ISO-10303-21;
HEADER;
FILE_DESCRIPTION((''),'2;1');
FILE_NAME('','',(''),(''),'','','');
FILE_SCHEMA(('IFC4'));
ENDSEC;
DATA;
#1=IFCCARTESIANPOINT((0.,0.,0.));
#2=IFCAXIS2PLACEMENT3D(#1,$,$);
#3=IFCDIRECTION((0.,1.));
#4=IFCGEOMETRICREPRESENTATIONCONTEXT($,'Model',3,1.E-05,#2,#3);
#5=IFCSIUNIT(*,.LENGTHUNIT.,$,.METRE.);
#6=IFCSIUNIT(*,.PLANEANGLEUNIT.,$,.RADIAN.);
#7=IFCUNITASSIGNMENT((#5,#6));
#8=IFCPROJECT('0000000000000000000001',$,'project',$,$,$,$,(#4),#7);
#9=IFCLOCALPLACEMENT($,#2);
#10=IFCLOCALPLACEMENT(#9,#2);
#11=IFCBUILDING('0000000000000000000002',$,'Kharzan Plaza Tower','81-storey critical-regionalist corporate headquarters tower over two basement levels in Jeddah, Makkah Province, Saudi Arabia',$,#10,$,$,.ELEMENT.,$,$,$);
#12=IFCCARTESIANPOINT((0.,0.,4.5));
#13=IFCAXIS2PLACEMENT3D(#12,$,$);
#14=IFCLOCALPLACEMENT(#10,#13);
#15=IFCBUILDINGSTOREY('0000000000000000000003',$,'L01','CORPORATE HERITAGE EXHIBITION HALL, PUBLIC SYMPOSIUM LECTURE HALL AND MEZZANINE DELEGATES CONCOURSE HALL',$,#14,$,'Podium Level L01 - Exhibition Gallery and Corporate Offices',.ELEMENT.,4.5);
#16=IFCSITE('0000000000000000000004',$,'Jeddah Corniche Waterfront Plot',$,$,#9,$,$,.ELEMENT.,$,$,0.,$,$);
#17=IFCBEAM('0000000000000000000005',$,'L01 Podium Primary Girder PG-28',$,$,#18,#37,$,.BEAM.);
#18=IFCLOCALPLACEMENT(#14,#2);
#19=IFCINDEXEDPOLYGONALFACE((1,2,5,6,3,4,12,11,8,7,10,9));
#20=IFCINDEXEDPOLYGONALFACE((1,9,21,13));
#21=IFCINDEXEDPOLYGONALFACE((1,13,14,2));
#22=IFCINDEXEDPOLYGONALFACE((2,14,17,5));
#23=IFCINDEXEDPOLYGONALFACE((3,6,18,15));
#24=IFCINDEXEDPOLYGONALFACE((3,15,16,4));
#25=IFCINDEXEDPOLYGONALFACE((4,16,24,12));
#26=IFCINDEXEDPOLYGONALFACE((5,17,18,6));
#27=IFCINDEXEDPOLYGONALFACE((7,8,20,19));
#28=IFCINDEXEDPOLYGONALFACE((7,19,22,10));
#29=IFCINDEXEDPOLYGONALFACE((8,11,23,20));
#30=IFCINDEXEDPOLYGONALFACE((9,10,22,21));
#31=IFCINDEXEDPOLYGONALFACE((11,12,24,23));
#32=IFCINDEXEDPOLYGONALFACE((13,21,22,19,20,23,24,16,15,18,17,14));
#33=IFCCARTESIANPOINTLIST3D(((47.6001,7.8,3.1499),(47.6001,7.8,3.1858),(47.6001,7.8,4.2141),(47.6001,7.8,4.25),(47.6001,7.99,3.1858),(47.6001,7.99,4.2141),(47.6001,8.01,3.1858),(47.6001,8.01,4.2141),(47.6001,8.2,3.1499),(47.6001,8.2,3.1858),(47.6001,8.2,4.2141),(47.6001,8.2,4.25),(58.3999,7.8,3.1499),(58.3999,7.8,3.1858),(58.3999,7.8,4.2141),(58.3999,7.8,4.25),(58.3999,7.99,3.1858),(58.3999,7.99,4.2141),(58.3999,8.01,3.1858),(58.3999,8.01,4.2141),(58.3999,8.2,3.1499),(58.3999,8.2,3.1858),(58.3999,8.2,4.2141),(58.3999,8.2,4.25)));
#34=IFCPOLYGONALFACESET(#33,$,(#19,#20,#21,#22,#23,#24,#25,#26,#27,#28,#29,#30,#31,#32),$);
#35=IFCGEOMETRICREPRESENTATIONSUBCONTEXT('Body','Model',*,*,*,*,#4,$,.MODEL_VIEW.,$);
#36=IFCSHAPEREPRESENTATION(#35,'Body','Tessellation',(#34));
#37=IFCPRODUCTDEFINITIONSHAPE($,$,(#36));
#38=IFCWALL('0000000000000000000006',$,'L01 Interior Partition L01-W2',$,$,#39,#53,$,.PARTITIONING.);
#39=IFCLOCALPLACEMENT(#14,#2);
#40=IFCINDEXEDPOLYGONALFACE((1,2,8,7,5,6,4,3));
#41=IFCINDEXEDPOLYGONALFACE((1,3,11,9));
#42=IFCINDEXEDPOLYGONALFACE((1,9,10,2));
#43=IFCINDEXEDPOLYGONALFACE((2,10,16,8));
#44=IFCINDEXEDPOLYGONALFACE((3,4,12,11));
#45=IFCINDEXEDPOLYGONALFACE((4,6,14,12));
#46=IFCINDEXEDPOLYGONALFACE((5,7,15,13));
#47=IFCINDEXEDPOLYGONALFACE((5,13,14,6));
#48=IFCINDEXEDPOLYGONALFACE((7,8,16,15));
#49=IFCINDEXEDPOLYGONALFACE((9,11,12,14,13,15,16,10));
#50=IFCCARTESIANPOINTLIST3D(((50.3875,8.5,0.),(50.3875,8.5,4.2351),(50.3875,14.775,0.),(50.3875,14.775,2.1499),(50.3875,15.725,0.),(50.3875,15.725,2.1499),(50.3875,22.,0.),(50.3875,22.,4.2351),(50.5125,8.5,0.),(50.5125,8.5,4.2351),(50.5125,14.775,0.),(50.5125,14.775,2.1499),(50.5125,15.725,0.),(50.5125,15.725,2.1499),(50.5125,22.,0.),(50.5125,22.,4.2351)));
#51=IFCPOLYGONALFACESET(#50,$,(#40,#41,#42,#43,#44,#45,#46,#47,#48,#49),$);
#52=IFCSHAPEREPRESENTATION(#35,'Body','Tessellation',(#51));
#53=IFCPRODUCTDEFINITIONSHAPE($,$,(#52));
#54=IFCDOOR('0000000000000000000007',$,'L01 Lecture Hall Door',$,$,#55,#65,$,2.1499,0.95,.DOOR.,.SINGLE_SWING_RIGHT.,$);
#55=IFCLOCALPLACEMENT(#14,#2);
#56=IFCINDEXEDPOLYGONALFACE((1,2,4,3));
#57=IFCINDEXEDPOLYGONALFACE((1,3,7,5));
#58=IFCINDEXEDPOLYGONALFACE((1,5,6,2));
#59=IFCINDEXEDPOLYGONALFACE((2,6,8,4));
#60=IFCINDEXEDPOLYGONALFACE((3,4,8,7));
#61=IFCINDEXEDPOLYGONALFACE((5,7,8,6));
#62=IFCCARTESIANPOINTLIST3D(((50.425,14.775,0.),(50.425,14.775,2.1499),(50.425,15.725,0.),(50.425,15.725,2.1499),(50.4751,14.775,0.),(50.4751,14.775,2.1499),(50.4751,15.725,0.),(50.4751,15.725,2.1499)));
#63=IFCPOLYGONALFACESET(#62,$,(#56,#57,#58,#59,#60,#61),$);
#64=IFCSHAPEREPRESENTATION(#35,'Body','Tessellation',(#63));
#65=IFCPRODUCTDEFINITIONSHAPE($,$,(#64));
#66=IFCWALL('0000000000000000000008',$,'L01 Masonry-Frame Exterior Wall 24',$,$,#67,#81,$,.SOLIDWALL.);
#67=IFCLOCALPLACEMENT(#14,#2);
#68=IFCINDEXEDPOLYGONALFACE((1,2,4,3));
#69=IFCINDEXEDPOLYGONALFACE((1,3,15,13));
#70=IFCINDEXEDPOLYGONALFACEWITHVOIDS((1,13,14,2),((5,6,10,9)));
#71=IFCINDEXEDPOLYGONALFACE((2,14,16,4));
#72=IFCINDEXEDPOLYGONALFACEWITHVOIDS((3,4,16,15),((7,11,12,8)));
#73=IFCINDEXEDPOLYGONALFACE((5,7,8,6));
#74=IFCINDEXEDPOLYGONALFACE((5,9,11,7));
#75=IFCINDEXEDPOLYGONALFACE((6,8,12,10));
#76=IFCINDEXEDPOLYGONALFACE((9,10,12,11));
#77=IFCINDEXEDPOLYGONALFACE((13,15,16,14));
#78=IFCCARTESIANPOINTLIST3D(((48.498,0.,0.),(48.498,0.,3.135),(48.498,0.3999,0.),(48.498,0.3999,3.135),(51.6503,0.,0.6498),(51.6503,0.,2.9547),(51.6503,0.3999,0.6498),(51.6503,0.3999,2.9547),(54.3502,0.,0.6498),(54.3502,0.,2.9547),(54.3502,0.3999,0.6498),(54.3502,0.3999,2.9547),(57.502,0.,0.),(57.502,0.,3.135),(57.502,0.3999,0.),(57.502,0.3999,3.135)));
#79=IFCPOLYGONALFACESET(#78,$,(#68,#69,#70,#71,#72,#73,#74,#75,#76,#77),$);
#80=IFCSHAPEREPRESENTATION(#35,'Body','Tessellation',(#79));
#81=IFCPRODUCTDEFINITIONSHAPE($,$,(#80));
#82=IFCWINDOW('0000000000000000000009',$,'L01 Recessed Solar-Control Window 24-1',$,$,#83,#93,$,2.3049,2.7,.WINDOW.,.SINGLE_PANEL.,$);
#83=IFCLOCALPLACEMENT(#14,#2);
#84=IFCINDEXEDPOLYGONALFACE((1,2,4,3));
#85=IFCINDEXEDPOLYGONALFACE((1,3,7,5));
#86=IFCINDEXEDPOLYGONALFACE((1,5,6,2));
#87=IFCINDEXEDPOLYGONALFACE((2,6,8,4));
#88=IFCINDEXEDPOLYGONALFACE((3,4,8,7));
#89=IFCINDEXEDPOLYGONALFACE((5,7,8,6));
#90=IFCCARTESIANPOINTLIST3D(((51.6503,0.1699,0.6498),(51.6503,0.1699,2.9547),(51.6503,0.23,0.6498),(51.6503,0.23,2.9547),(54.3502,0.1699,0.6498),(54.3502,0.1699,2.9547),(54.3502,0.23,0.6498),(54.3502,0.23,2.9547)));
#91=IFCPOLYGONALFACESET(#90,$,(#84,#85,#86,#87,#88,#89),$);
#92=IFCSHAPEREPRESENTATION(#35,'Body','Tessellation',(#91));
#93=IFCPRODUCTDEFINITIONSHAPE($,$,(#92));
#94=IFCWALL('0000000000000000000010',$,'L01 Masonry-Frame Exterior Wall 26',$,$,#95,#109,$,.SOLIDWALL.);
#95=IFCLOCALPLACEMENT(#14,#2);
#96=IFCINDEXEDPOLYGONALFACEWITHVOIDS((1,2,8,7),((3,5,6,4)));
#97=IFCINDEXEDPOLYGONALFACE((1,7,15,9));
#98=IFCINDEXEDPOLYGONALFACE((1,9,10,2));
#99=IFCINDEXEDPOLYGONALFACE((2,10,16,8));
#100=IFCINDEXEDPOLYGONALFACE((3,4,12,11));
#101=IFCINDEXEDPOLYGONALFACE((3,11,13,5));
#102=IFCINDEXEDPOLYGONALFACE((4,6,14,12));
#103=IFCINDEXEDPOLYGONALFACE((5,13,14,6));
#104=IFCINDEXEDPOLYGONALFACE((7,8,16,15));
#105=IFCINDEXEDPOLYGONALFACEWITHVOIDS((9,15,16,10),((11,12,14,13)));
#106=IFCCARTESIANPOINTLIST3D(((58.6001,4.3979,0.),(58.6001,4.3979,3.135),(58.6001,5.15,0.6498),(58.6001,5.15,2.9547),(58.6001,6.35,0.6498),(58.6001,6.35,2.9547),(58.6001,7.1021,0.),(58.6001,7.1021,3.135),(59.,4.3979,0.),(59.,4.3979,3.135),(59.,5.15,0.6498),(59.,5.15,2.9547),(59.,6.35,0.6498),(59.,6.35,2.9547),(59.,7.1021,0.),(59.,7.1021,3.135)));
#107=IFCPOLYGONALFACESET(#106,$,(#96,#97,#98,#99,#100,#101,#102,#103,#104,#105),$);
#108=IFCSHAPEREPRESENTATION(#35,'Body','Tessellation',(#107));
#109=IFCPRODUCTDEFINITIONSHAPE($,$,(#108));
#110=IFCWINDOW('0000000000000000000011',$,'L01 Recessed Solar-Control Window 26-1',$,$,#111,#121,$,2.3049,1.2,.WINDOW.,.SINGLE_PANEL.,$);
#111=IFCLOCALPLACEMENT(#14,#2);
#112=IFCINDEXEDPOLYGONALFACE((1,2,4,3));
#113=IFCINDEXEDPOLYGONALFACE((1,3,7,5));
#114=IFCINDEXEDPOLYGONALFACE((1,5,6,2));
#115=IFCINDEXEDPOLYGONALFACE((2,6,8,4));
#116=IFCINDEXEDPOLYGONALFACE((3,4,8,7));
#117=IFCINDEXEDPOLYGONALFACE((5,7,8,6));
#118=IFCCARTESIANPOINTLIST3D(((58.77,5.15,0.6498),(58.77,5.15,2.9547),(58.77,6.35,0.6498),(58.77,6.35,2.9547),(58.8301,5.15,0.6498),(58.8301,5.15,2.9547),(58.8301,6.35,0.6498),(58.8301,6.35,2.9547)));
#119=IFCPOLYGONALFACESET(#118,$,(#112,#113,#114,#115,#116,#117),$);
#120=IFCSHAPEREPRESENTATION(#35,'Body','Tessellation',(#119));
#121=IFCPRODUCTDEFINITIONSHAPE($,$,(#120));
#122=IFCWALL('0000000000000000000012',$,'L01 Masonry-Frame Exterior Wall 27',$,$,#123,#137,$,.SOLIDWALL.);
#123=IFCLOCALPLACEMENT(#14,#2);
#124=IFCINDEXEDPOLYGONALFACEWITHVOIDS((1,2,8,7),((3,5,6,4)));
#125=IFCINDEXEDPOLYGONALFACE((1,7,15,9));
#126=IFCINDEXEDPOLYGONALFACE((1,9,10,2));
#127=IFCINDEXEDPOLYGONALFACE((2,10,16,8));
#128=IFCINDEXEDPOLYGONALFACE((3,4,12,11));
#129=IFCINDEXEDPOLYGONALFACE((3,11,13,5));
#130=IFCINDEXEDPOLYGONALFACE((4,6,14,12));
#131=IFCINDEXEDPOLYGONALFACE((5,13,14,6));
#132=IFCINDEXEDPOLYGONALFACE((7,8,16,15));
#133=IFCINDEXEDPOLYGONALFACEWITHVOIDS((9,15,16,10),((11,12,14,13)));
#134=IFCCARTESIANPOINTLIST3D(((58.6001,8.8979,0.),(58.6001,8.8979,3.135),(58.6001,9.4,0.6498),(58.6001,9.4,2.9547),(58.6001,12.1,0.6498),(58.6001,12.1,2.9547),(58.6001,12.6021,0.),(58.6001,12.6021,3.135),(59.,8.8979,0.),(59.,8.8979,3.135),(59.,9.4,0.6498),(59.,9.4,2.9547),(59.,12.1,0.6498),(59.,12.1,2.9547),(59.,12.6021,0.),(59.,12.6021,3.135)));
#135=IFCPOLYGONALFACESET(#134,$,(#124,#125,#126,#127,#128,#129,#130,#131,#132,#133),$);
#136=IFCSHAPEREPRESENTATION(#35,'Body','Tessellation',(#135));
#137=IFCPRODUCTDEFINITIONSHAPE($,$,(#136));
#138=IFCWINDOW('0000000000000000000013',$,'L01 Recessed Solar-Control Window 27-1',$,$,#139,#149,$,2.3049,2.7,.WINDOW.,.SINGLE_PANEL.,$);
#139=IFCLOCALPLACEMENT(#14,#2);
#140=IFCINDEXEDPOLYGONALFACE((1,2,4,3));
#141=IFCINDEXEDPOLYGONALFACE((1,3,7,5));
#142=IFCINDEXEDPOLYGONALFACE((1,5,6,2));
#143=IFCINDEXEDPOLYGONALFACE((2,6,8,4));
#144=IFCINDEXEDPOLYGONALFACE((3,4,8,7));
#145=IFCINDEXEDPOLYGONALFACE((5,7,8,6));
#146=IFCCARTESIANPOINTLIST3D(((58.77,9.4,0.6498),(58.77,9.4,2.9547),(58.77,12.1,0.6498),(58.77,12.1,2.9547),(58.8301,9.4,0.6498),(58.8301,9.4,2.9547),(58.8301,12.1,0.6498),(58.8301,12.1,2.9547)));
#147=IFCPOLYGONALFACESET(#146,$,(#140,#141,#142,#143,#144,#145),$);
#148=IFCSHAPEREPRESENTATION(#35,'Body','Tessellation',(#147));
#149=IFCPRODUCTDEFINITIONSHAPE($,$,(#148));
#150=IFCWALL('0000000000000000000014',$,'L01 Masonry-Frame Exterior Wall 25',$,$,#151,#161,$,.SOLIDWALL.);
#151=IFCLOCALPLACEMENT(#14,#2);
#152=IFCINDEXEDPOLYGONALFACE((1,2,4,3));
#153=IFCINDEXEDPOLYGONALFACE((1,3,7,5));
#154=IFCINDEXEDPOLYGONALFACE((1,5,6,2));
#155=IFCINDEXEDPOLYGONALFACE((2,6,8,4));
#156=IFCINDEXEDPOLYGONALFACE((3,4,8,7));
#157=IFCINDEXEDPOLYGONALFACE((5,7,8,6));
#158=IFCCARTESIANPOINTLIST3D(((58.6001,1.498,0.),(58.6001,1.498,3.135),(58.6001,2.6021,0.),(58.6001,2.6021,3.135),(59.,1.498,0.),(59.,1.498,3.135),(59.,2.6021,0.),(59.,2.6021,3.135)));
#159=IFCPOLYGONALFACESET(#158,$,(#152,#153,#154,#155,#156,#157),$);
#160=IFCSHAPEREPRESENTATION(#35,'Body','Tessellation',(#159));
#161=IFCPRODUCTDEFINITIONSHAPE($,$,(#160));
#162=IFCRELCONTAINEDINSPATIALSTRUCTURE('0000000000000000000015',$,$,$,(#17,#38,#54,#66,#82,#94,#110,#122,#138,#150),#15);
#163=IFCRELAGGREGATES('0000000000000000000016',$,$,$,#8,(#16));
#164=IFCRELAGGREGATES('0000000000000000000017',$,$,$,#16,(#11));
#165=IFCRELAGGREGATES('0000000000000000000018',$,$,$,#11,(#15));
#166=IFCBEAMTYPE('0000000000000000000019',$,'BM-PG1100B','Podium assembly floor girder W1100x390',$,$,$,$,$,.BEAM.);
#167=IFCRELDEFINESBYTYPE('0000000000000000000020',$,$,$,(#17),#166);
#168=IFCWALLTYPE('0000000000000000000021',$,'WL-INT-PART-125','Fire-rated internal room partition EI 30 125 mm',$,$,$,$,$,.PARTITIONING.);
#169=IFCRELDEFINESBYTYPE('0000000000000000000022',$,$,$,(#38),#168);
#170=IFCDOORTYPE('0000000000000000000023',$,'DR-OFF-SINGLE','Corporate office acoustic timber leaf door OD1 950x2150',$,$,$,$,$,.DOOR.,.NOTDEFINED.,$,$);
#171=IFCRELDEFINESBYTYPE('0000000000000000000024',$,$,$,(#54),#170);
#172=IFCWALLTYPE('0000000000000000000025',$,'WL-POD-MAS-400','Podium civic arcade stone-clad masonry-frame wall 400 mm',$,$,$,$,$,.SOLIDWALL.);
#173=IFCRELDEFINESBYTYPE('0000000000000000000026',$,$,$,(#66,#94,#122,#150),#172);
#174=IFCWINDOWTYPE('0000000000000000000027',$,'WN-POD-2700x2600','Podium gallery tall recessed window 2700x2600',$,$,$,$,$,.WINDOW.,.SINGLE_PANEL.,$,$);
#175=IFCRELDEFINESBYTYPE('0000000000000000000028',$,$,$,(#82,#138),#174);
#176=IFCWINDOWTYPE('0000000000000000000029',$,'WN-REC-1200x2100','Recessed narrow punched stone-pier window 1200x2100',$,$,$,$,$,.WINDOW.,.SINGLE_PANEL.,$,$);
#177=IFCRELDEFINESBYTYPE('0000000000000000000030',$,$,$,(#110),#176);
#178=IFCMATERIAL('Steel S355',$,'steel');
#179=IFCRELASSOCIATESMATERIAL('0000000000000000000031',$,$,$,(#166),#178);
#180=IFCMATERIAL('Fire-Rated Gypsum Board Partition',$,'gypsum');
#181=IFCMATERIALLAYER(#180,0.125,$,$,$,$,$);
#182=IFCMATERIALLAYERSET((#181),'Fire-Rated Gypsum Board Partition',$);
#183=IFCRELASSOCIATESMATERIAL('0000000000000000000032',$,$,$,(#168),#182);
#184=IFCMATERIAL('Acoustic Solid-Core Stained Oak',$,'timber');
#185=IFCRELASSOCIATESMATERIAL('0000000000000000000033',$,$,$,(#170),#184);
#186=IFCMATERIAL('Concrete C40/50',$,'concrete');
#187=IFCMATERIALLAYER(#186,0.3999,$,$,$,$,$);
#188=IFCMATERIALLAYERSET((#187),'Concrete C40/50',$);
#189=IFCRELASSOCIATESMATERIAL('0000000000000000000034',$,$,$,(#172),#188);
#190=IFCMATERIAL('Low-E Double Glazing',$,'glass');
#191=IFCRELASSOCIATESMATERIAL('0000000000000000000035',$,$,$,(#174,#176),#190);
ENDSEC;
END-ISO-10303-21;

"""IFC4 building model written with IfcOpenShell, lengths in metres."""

from ifc_helpers import new_model, si_unit, direction, frame, frame_2d, origin, origin_2d, place, context, subcontext, project, spatial, rectangle, i_section, extrude, source, transform, mapped, material, layer, layer_set, material_profile, profile_set, type_object, element, fill, save


model = new_model("IFC4")

# Units and contexts
model_context = context("Model", 3, precision=1e-05, world=origin(), true_north=direction((0.0, 1.0)))
body_context = subcontext(model_context, "Body", "Model", "MODEL_VIEW")
ifc_project = project(units=[si_unit("LENGTHUNIT", "METRE"), si_unit("PLANEANGLEUNIT", "RADIAN")], contexts=[model_context])

# Site, building, storey
site_placement = place(None, origin())
site = spatial("IfcSite", under=ifc_project, at=site_placement, Name="Jeddah Corniche Waterfront Plot", CompositionType="ELEMENT", RefElevation=0.0)
building_placement = place(site_placement, origin())
building = spatial("IfcBuilding", under=site, at=building_placement, Name="Kharzan Plaza Tower", Description="81-storey critical-regionalist corporate headquarters tower over two basement levels in Jeddah, Makkah Province, Saudi Arabia", CompositionType="ELEMENT")
storey_placement = place(building_placement, frame((0.0, 0.0, 4.5)))
storey = spatial("IfcBuildingStorey", under=building, at=storey_placement, Name="L01", Description="CORPORATE HERITAGE EXHIBITION HALL, PUBLIC SYMPOSIUM LECTURE HALL AND MEZZANINE DELEGATES CONCOURSE HALL", LongName="Podium Level L01 - Exhibition Gallery and Corporate Offices", CompositionType="ELEMENT", Elevation=4.5)

# Beam
ifc_material_1 = material(Name="Steel S355", Category="steel")
ifc_material_profile_1 = material_profile(ifc_material_1, i_section(OverallWidth=0.3999, OverallDepth=1.1001, WebThickness=0.02, FlangeThickness=0.0359, at=origin_2d()), Name="W1100x390")
ifc_profile_set_1 = profile_set([ifc_material_profile_1], Name="Steel S355")
beam_type_1 = type_object("IfcBeamType", Name="BM-PG1100B", Description="Podium assembly floor girder W1100x390", PredefinedType="BEAM", material=ifc_profile_set_1)
shared_shape_1 = source(origin(), body_context, "Body", "SweptSolid", [
    extrude(i_section(OverallWidth=0.3999, OverallDepth=1.1001, WebThickness=0.02, FlangeThickness=0.0359, at=origin_2d()), origin(), (0.0, 0.0, 1.0), 10.7998),
])
beam_1_placement = place(storey_placement, frame((47.6001, 8.0, 3.7), z_axis=(1.0, 0.0, 0.0), x_axis=(0.0, 1.0, 0.0)))
element("IfcBeam", 1, at=beam_1_placement, inside=storey, type_object=beam_type_1, Name="L01 Podium Primary Girder PG-28", PredefinedType="BEAM", context=body_context, shape_type="MappedRepresentation", body=[
    mapped(shared_shape_1, transform((0.0, 0.0, 0.0), x_axis=(1.0, 0.0, 0.0), y_axis=(0.0, 1.0, 0.0), z_axis=(0.0, 0.0, 1.0))),
])

# Wall, opening, door
ifc_material_2 = material(Name="Fire-Rated Gypsum Board Partition", Category="gypsum")
ifc_layer_1 = layer(ifc_material_2, 0.125)
ifc_layer_set_1 = layer_set([ifc_layer_1], Name="Fire-Rated Gypsum Board Partition")
wall_type_1 = type_object("IfcWallType", Name="WL-INT-PART-125", Description="Fire-rated internal room partition EI 30 125 mm", PredefinedType="PARTITIONING", material=ifc_layer_set_1)
wall_1_placement = place(storey_placement, frame((50.45, 8.5, 0.0), z_axis=(0.0, 0.0, 1.0), x_axis=(0.0, 1.0, 0.0)))
wall_1 = element("IfcWall", 2, at=wall_1_placement, inside=storey, type_object=wall_type_1, Name="L01 Interior Partition L01-W2", PredefinedType="PARTITIONING", context=body_context, shape_type="SweptSolid", body=[
    extrude(rectangle(XDim=13.5, YDim=0.125, at=frame_2d((6.75, 0.0))), origin(), (0.0, 0.0, 1.0), 4.2351),
])
opening_1_placement = place(wall_1_placement, frame((6.2749, 0.0, 0.0)))
opening_1 = element("IfcOpeningElement", 3, at=opening_1_placement, cuts=wall_1, PredefinedType="OPENING", context=body_context, shape_type="SweptSolid", body=[
    extrude(rectangle(XDim=0.95, YDim=2.1499, at=frame_2d((0.4751, 1.075))), frame((0.0, 0.0725, 0.0), z_axis=(0.0, -1.0, 0.0), x_axis=(1.0, 0.0, 0.0)), (0.0, 0.0, 1.0), 0.145),
])
ifc_material_3 = material(Name="Acoustic Solid-Core Stained Oak", Category="timber")
door_type = type_object("IfcDoorType", Name="DR-OFF-SINGLE", Description="Corporate office acoustic timber leaf door OD1 950x2150", OperationType="NOTDEFINED", PredefinedType="DOOR", material=ifc_material_3)
shared_shape_2 = source(origin(), body_context, "Body", "SweptSolid", [
    extrude(rectangle(XDim=0.95, YDim=2.1499, at=frame_2d((0.4751, 1.075))), frame((0.0, 0.0249, 0.0), z_axis=(0.0, -1.0, 0.0), x_axis=(1.0, 0.0, 0.0)), (0.0, 0.0, 1.0), 0.05),
])
door_placement = place(opening_1_placement, origin())
door = element("IfcDoor", 4, at=door_placement, inside=storey, type_object=door_type, Name="L01 Lecture Hall Door", OperationType="SINGLE_SWING_RIGHT", OverallHeight=2.1499, OverallWidth=0.95, PredefinedType="DOOR", context=body_context, shape_type="MappedRepresentation", body=[
    mapped(shared_shape_2, transform((0.0, 0.0, 0.0), x_axis=(1.0, 0.0, 0.0), y_axis=(0.0, 1.0, 0.0), z_axis=(0.0, 0.0, 1.0))),
])
fill(opening_1, door)

# Walls, openings, windows
ifc_material_4 = material(Name="Concrete C40/50", Category="concrete")
ifc_layer_2 = layer(ifc_material_4, 0.3999)
ifc_layer_set_2 = layer_set([ifc_layer_2], Name="Concrete C40/50")
wall_type_2 = type_object("IfcWallType", Name="WL-POD-MAS-400", Description="Podium civic arcade stone-clad masonry-frame wall 400 mm", PredefinedType="SOLIDWALL", material=ifc_layer_set_2)
wall_2_placement = place(storey_placement, frame((48.498, 0.2, 0.0), z_axis=(0.0, 0.0, 1.0), x_axis=(1.0, 0.0, 0.0)))
wall_2 = element("IfcWall", 5, at=wall_2_placement, inside=storey, type_object=wall_type_2, Name="L01 Masonry-Frame Exterior Wall 24", PredefinedType="SOLIDWALL", context=body_context, shape_type="SweptSolid", body=[
    extrude(rectangle(XDim=9.0039, YDim=0.3999, at=frame_2d((4.502, 0.0))), origin(), (0.0, 0.0, 1.0), 3.135),
])
opening_2_placement = place(wall_2_placement, frame((3.1521, 0.0, 0.6499)))
opening_2 = element("IfcOpeningElement", 6, at=opening_2_placement, cuts=wall_2, PredefinedType="OPENING", context=body_context, shape_type="SweptSolid", body=[
    extrude(rectangle(XDim=2.7, YDim=2.3049, at=frame_2d((1.3501, 1.1523))), frame((0.0, 0.21, 0.0), z_axis=(0.0, -1.0, 0.0), x_axis=(1.0, 0.0, 0.0)), (0.0, 0.0, 1.0), 0.4199),
])
ifc_material_5 = material(Name="Low-E Double Glazing", Category="glass")
window_type_1 = type_object("IfcWindowType", Name="WN-POD-2700x2600", Description="Podium gallery tall recessed window 2700x2600", PartitioningType="SINGLE_PANEL", PredefinedType="WINDOW", material=ifc_material_5)
shared_shape_3 = source(origin(), body_context, "Body", "SweptSolid", [
    extrude(rectangle(XDim=2.7, YDim=2.3049, at=frame_2d((1.3501, 1.1523))), frame((0.0, 0.03, 0.0), z_axis=(0.0, -1.0, 0.0), x_axis=(1.0, 0.0, 0.0)), (0.0, 0.0, 1.0), 0.0601),
])
window_1_placement = place(opening_2_placement, origin())
window_1 = element("IfcWindow", 7, at=window_1_placement, inside=storey, type_object=window_type_1, Name="L01 Recessed Solar-Control Window 24-1", OverallHeight=2.3049, OverallWidth=2.7, PartitioningType="SINGLE_PANEL", PredefinedType="WINDOW", context=body_context, shape_type="MappedRepresentation", body=[
    mapped(shared_shape_3, transform((0.0, 0.0, 0.0), x_axis=(1.0, 0.0, 0.0), y_axis=(0.0, 1.0, 0.0), z_axis=(0.0, 0.0, 1.0))),
])
fill(opening_2, window_1)
wall_3_placement = place(storey_placement, frame((58.8, 4.3979, 0.0), z_axis=(0.0, 0.0, 1.0), x_axis=(0.0, 1.0, 0.0)))
wall_3 = element("IfcWall", 8, at=wall_3_placement, inside=storey, type_object=wall_type_2, Name="L01 Masonry-Frame Exterior Wall 26", PredefinedType="SOLIDWALL", context=body_context, shape_type="SweptSolid", body=[
    extrude(rectangle(XDim=2.7041, YDim=0.3999, at=frame_2d((1.3521, 0.0))), origin(), (0.0, 0.0, 1.0), 3.135),
])
opening_3_placement = place(wall_3_placement, frame((0.752, 0.0, 0.6499)))
opening_3 = element("IfcOpeningElement", 9, at=opening_3_placement, cuts=wall_3, PredefinedType="OPENING", context=body_context, shape_type="SweptSolid", body=[
    extrude(rectangle(XDim=1.2, YDim=2.3049, at=frame_2d((0.6001, 1.1523))), frame((0.0, 0.21, 0.0), z_axis=(0.0, -1.0, 0.0), x_axis=(1.0, 0.0, 0.0)), (0.0, 0.0, 1.0), 0.4199),
])
window_type_2 = type_object("IfcWindowType", Name="WN-REC-1200x2100", Description="Recessed narrow punched stone-pier window 1200x2100", PartitioningType="SINGLE_PANEL", PredefinedType="WINDOW", material=ifc_material_5)
shared_shape_4 = source(origin(), body_context, "Body", "SweptSolid", [
    extrude(rectangle(XDim=1.2, YDim=2.3049, at=frame_2d((0.6001, 1.1523))), frame((0.0, 0.03, 0.0), z_axis=(0.0, -1.0, 0.0), x_axis=(1.0, 0.0, 0.0)), (0.0, 0.0, 1.0), 0.0601),
])
window_2_placement = place(opening_3_placement, origin())
window_2 = element("IfcWindow", 10, at=window_2_placement, inside=storey, type_object=window_type_2, Name="L01 Recessed Solar-Control Window 26-1", OverallHeight=2.3049, OverallWidth=1.2, PartitioningType="SINGLE_PANEL", PredefinedType="WINDOW", context=body_context, shape_type="MappedRepresentation", body=[
    mapped(shared_shape_4, transform((0.0, 0.0, 0.0), x_axis=(1.0, 0.0, 0.0), y_axis=(0.0, 1.0, 0.0), z_axis=(0.0, 0.0, 1.0))),
])
fill(opening_3, window_2)
wall_4_placement = place(storey_placement, frame((58.8, 8.8979, 0.0), z_axis=(0.0, 0.0, 1.0), x_axis=(0.0, 1.0, 0.0)))
wall_4 = element("IfcWall", 11, at=wall_4_placement, inside=storey, type_object=wall_type_2, Name="L01 Masonry-Frame Exterior Wall 27", PredefinedType="SOLIDWALL", context=body_context, shape_type="SweptSolid", body=[
    extrude(rectangle(XDim=3.7041, YDim=0.3999, at=frame_2d((1.8521, 0.0))), origin(), (0.0, 0.0, 1.0), 3.135),
])
opening_4_placement = place(wall_4_placement, frame((0.502, 0.0, 0.6499)))
opening_4 = element("IfcOpeningElement", 12, at=opening_4_placement, cuts=wall_4, PredefinedType="OPENING", context=body_context, shape_type="SweptSolid", body=[
    extrude(rectangle(XDim=2.7, YDim=2.3049, at=frame_2d((1.3501, 1.1523))), frame((0.0, 0.21, 0.0), z_axis=(0.0, -1.0, 0.0), x_axis=(1.0, 0.0, 0.0)), (0.0, 0.0, 1.0), 0.4199),
])
window_3_placement = place(opening_4_placement, origin())
window_3 = element("IfcWindow", 13, at=window_3_placement, inside=storey, type_object=window_type_1, Name="L01 Recessed Solar-Control Window 27-1", OverallHeight=2.3049, OverallWidth=2.7, PartitioningType="SINGLE_PANEL", PredefinedType="WINDOW", context=body_context, shape_type="MappedRepresentation", body=[
    mapped(shared_shape_3, transform((0.0, 0.0, 0.0), x_axis=(1.0, 0.0, 0.0), y_axis=(0.0, 1.0, 0.0), z_axis=(0.0, 0.0, 1.0))),
])
fill(opening_4, window_3)

# Wall
shared_shape_5 = source(origin(), body_context, "Body", "SweptSolid", [
    extrude(rectangle(XDim=1.104, YDim=0.3999, at=frame_2d((0.552, 0.0))), origin(), (0.0, 0.0, 1.0), 3.135),
])
wall_5_placement = place(storey_placement, frame((58.8, 1.498, 0.0), z_axis=(0.0, 0.0, 1.0), x_axis=(0.0, 1.0, 0.0)))
element("IfcWall", 14, at=wall_5_placement, inside=storey, type_object=wall_type_2, Name="L01 Masonry-Frame Exterior Wall 25", PredefinedType="SOLIDWALL", context=body_context, shape_type="MappedRepresentation", body=[
    mapped(shared_shape_5, transform((0.0, 0.0, 0.0), x_axis=(1.0, 0.0, 0.0), y_axis=(0.0, 1.0, 0.0), z_axis=(0.0, 0.0, 1.0))),
])

save(model, "model.ifc")
